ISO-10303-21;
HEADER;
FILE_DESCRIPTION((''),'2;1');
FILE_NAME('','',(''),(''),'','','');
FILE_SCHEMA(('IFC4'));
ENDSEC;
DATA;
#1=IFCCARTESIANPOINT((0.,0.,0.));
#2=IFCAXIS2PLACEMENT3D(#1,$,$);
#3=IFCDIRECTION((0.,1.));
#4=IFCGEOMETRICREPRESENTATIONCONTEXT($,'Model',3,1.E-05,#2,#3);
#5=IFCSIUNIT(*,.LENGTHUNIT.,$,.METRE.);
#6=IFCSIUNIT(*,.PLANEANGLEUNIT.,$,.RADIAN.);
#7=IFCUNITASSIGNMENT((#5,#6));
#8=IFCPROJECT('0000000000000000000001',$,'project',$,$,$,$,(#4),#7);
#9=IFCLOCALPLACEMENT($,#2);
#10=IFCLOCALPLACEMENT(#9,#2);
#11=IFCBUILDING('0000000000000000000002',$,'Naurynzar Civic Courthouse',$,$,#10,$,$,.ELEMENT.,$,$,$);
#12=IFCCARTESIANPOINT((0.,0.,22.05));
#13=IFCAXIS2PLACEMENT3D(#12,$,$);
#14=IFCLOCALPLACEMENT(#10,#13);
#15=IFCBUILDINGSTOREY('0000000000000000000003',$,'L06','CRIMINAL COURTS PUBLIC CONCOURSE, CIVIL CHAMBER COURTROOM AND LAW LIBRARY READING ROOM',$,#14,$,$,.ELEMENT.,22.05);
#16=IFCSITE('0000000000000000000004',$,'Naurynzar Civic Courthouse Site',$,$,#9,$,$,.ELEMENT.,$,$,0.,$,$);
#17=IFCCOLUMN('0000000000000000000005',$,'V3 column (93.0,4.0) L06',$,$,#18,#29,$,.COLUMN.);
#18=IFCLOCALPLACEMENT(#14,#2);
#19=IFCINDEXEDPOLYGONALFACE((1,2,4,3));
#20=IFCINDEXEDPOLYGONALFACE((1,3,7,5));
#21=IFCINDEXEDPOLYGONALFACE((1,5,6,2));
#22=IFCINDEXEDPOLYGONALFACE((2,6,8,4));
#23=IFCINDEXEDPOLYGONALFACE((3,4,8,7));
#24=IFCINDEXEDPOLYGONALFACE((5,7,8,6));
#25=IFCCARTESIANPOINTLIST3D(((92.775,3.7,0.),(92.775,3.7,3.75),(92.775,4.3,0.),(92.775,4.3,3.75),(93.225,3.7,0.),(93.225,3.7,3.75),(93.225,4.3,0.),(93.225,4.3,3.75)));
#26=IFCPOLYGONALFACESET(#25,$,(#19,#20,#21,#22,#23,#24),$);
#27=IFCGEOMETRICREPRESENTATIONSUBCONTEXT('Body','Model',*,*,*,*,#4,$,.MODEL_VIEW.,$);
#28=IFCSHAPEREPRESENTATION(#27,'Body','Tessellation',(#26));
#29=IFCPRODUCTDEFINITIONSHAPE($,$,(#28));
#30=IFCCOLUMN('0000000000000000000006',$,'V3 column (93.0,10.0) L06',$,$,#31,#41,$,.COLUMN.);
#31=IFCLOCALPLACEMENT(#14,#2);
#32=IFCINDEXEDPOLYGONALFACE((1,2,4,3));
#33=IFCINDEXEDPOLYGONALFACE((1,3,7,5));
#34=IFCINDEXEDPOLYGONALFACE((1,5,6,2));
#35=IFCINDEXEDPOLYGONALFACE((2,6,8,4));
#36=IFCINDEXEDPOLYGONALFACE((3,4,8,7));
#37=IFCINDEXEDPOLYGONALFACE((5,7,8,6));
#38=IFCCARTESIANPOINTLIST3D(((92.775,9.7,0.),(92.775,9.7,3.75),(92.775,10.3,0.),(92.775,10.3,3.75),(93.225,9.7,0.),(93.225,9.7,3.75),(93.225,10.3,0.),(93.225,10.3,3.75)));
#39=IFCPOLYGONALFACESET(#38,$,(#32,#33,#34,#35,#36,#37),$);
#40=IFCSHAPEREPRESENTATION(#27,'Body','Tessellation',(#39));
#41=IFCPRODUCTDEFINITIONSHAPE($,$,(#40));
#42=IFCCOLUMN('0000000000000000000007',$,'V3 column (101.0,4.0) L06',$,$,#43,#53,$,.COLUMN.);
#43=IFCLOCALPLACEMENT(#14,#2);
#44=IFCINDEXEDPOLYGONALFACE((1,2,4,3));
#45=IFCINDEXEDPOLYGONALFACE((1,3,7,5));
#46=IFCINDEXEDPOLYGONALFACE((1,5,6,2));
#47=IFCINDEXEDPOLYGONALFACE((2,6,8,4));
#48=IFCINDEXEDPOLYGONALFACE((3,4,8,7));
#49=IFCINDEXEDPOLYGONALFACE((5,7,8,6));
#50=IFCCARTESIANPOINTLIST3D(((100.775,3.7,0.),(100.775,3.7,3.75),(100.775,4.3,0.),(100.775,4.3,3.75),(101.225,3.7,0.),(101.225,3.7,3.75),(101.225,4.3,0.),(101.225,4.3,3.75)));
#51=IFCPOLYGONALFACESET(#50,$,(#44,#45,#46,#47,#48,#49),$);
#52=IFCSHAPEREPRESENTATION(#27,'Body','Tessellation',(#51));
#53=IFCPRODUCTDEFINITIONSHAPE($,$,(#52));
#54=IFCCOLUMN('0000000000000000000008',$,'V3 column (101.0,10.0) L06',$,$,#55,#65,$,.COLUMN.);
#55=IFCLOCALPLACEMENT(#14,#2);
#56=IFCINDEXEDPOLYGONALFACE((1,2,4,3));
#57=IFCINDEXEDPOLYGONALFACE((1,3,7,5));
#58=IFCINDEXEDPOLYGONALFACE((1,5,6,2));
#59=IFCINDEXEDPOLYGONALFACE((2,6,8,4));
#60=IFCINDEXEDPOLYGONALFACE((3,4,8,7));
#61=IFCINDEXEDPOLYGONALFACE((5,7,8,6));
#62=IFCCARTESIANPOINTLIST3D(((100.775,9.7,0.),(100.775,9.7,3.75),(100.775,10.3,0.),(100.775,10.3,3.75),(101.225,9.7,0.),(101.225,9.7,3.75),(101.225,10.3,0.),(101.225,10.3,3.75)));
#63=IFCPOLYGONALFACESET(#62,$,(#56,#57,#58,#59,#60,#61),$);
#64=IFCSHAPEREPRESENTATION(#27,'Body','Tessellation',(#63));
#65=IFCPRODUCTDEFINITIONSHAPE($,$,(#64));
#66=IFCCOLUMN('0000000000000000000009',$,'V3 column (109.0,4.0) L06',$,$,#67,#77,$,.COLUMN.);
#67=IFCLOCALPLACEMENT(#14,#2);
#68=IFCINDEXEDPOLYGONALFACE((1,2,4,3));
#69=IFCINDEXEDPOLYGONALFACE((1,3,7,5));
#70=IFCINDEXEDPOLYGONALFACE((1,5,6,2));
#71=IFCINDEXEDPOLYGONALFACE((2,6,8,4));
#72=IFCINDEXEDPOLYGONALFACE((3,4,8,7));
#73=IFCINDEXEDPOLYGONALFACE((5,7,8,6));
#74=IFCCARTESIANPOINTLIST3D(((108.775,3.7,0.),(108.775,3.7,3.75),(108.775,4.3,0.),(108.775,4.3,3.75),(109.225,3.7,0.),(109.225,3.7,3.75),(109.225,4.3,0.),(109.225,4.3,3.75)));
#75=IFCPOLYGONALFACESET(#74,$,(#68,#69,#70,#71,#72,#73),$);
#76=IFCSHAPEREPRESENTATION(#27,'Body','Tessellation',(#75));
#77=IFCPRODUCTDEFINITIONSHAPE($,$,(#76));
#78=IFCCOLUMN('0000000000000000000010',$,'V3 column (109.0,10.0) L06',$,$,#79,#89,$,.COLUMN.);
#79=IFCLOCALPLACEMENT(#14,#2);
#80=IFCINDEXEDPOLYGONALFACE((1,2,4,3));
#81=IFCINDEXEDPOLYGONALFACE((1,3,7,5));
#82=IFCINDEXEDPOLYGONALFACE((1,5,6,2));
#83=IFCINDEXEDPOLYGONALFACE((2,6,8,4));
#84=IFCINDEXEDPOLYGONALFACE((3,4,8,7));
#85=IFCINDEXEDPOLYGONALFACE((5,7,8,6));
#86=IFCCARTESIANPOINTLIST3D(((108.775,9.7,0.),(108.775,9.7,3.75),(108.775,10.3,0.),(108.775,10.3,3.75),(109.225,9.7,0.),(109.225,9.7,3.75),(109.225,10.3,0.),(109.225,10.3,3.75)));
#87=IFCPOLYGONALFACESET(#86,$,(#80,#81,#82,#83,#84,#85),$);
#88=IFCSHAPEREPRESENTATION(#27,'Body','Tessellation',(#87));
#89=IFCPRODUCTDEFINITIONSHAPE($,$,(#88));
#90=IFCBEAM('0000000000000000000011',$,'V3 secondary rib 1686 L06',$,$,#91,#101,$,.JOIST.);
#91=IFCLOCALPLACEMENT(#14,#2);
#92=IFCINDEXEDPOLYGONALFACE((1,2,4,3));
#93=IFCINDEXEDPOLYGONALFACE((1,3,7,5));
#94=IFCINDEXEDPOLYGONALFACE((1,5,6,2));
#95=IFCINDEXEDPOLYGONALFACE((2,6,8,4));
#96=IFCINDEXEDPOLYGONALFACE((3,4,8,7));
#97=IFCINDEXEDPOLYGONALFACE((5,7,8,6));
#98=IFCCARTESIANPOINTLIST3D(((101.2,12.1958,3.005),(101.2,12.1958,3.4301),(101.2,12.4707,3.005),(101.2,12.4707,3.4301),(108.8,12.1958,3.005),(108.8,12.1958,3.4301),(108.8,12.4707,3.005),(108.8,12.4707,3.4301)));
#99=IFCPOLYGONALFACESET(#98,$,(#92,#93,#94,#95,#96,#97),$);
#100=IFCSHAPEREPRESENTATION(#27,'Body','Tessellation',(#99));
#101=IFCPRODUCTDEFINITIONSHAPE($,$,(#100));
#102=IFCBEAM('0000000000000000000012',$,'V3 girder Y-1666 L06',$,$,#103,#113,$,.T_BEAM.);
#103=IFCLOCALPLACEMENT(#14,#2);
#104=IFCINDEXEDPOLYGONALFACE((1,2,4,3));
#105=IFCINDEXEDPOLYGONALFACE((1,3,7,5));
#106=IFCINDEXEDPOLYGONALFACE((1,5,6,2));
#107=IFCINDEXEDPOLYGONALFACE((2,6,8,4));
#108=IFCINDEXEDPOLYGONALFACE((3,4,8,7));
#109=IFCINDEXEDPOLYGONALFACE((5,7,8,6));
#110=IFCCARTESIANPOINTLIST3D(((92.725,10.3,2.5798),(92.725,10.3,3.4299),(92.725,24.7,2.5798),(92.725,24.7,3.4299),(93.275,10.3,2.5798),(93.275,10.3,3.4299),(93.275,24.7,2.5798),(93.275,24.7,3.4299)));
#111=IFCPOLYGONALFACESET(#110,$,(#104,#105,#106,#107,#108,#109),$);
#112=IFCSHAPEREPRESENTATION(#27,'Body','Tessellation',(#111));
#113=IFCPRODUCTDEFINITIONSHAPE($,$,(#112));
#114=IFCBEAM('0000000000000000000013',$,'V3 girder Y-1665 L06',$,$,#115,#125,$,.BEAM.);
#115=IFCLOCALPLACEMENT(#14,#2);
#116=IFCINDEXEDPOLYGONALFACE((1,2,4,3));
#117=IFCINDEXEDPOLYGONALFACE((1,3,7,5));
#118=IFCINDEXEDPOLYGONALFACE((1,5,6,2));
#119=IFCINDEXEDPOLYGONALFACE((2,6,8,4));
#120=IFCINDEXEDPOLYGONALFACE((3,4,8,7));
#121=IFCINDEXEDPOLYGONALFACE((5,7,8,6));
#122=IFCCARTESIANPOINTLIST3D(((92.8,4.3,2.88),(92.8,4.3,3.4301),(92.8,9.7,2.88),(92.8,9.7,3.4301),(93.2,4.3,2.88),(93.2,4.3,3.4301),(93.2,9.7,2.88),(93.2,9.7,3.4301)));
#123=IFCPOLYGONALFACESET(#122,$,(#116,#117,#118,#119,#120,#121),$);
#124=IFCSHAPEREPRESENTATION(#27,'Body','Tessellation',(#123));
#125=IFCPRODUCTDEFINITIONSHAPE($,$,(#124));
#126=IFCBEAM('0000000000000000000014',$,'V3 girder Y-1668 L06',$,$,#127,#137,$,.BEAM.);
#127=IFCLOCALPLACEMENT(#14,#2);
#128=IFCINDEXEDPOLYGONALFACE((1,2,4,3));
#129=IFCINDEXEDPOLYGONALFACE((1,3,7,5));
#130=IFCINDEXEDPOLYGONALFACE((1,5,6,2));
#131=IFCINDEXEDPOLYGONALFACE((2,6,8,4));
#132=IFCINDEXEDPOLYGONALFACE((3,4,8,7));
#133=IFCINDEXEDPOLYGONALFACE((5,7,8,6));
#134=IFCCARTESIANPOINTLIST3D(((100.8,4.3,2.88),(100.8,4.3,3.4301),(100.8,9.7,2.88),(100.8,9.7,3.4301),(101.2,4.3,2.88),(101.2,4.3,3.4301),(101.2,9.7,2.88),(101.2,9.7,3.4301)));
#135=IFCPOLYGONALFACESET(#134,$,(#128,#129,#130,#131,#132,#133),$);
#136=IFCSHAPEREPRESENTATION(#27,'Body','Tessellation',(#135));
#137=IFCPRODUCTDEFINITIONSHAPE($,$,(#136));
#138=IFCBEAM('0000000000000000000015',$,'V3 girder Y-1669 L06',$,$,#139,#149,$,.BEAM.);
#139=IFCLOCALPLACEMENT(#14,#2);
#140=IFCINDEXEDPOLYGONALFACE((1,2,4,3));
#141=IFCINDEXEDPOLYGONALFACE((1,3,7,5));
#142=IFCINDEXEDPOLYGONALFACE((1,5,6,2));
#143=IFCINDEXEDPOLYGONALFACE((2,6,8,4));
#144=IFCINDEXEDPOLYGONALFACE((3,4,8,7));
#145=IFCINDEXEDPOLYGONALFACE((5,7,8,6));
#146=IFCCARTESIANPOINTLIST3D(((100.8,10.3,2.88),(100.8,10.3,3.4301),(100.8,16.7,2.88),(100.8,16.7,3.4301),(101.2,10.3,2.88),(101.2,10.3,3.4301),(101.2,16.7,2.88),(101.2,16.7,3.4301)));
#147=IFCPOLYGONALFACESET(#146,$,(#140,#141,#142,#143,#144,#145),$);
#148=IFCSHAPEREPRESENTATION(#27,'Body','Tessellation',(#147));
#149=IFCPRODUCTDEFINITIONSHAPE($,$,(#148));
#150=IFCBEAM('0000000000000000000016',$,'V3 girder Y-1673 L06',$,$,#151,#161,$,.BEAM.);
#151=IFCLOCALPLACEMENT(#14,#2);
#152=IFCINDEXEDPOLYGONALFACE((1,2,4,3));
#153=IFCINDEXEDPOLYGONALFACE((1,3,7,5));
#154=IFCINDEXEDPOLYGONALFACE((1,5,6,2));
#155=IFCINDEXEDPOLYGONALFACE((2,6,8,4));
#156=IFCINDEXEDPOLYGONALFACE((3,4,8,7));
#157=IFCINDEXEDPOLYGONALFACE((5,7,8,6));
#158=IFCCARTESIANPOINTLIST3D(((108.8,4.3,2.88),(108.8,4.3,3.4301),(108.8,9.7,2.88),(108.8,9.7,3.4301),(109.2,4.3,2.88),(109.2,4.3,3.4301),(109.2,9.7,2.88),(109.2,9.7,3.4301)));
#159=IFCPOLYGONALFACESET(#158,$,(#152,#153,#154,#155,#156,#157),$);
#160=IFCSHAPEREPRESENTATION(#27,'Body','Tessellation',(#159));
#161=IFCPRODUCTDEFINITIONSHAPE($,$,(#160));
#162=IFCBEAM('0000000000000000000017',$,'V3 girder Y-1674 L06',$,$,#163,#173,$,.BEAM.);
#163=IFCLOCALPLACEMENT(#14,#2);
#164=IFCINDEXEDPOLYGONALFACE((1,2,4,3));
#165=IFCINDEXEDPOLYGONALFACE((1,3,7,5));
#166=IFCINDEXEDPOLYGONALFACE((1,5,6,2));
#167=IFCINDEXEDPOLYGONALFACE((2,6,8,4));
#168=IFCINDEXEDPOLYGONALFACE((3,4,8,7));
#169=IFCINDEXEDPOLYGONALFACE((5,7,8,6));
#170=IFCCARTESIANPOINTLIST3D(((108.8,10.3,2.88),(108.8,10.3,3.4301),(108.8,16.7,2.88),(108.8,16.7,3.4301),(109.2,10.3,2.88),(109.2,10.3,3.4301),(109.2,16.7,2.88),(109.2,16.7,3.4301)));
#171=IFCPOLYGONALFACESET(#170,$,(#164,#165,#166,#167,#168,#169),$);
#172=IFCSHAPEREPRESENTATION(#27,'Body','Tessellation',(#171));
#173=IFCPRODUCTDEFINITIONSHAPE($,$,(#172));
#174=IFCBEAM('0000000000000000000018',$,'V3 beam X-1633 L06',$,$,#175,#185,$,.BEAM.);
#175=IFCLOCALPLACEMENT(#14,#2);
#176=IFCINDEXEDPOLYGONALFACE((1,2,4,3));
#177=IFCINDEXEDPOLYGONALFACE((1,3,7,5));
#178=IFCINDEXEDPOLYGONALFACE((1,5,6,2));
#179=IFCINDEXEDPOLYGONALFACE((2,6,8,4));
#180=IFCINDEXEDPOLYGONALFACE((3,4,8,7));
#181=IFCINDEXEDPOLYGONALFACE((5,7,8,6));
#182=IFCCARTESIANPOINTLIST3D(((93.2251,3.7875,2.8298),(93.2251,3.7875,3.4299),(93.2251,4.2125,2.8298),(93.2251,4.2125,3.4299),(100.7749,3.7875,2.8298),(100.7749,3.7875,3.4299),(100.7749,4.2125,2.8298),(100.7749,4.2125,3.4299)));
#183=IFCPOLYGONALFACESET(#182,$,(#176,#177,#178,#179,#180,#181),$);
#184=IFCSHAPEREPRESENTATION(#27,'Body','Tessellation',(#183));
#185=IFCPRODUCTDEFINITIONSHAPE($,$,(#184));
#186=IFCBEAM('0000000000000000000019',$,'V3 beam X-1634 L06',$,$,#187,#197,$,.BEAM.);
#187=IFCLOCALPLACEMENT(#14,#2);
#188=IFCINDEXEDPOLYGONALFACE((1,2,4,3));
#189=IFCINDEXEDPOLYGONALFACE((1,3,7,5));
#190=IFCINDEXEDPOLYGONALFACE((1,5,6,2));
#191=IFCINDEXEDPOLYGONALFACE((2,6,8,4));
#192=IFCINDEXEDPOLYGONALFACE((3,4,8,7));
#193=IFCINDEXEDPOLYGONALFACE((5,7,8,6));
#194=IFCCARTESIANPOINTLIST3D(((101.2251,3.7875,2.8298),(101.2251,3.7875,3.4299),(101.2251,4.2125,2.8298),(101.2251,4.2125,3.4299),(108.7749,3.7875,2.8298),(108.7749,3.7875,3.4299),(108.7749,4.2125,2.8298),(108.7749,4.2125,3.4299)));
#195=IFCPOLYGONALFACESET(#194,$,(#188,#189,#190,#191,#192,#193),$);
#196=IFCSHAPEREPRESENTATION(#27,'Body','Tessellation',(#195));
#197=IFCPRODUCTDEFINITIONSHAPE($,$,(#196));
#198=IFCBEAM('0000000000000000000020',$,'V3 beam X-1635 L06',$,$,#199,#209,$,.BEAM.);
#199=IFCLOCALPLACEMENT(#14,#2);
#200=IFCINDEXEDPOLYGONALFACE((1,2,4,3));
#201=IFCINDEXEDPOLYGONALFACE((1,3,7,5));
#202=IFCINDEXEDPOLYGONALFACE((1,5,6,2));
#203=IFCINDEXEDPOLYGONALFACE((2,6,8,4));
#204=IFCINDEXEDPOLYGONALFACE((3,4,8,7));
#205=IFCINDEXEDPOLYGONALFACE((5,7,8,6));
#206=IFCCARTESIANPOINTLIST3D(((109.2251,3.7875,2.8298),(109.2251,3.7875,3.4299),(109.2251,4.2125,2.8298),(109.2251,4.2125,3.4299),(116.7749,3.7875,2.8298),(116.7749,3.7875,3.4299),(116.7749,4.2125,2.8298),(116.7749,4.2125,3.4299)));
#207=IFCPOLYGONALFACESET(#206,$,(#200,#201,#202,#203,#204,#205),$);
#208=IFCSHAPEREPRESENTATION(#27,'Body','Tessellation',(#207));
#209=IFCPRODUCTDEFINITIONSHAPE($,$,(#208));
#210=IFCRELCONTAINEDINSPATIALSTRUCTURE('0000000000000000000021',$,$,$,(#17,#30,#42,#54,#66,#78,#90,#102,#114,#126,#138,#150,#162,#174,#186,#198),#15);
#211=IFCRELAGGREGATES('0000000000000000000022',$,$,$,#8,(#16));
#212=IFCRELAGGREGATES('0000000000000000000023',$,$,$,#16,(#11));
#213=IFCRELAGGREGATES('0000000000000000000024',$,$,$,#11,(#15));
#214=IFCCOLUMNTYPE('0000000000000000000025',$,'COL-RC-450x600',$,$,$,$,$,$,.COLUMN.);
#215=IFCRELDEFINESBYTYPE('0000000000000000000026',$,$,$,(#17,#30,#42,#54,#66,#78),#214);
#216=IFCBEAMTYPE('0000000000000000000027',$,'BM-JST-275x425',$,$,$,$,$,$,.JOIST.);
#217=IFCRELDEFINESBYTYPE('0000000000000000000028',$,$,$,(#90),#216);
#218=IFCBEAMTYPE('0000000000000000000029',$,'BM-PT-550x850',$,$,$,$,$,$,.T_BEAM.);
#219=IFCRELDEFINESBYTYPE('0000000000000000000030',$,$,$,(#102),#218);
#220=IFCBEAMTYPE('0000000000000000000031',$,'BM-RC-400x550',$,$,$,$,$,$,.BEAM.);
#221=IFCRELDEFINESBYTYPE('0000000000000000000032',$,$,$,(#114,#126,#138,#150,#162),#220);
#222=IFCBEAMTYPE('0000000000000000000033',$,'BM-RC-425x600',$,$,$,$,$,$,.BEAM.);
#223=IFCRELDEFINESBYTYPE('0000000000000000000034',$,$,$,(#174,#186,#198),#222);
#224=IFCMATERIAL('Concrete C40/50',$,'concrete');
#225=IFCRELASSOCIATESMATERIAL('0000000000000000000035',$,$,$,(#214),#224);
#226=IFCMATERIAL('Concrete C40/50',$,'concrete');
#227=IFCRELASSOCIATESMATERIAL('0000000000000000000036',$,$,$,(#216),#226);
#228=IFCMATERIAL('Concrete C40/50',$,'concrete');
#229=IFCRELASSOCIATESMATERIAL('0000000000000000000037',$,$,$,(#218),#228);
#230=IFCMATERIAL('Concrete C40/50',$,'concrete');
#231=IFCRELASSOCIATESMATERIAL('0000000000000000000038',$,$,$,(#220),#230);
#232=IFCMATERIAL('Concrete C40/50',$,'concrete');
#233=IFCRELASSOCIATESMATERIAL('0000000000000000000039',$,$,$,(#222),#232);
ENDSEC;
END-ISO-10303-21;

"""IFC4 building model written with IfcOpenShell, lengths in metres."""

from ifc_helpers import new_model, si_unit, direction, frame, origin, origin_2d, place, context, subcontext, project, spatial, rectangle, extrude, material, material_profile, profile_set, type_object, element, save


model = new_model("IFC4")

# Units and contexts
model_context = context("Model", 3, precision=1e-05, world=origin(), true_north=direction((0.0, 1.0)))
body_context = subcontext(model_context, "Body", "Model", "MODEL_VIEW")
ifc_project = project(units=[si_unit("LENGTHUNIT", "METRE"), si_unit("PLANEANGLEUNIT", "RADIAN")], contexts=[model_context])

# Site, building, storey
site_placement = place(None, origin())
site = spatial("IfcSite", under=ifc_project, at=site_placement, Name="Naurynzar Civic Courthouse Site", CompositionType="ELEMENT", RefElevation=0.0)
building_placement = place(site_placement, origin())
building = spatial("IfcBuilding", under=site, at=building_placement, Name="Naurynzar Civic Courthouse", CompositionType="ELEMENT")
storey_placement = place(building_placement, frame((0.0, 0.0, 22.05)))
storey = spatial("IfcBuildingStorey", under=building, at=storey_placement, Name="L06", Description="CRIMINAL COURTS PUBLIC CONCOURSE, CIVIL CHAMBER COURTROOM AND LAW LIBRARY READING ROOM", CompositionType="ELEMENT", Elevation=22.05)

# Columns
ifc_material_1 = material(Name="Concrete C40/50", Category="concrete")
ifc_material_profile_1 = material_profile(ifc_material_1, rectangle(XDim=0.45, YDim=0.6001, at=origin_2d()), Name="RC 450x600")
ifc_profile_set_1 = profile_set([ifc_material_profile_1], Name="Concrete C40/50")
column_type = type_object("IfcColumnType", Name="COL-RC-450x600", PredefinedType="COLUMN", material=ifc_profile_set_1)
for number, where, z_axis, x_axis, name in (
    (1, (93.0, 4.0, 0.0), (0.0, 0.0, 1.0), (1.0, 0.0, 0.0), "V3 column (93.0,4.0) L06"),
    (2, (93.0, 10.0, 0.0), (0.0, 0.0, 1.0), (1.0, 0.0, 0.0), "V3 column (93.0,10.0) L06"),
    (3, (101.0, 4.0, 0.0), (0.0, 0.0, 1.0), (1.0, 0.0, 0.0), "V3 column (101.0,4.0) L06"),
    (4, (101.0, 10.0, 0.0), (0.0, 0.0, 1.0), (1.0, 0.0, 0.0), "V3 column (101.0,10.0) L06"),
    (5, (109.0, 4.0, 0.0), (0.0, 0.0, 1.0), (1.0, 0.0, 0.0), "V3 column (109.0,4.0) L06"),
    (6, (109.0, 10.0, 0.0), (0.0, 0.0, 1.0), (1.0, 0.0, 0.0), "V3 column (109.0,10.0) L06"),
):
    element("IfcColumn", number, at=place(storey_placement, frame(where, z_axis=z_axis, x_axis=x_axis)), inside=storey, type_object=column_type, Name=name, PredefinedType="COLUMN", context=body_context, shape_type="SweptSolid", body=[
        extrude(rectangle(XDim=0.45, YDim=0.6001, at=origin_2d()), origin(), (0.0, 0.0, 1.0), 3.75),
    ])

# Beams
ifc_material_2 = material(Name="Concrete C40/50", Category="concrete")
ifc_material_profile_2 = material_profile(ifc_material_2, rectangle(XDim=0.2749, YDim=0.425, at=origin_2d()), Name="RCB 275x425")
ifc_profile_set_2 = profile_set([ifc_material_profile_2], Name="Concrete C40/50")
beam_type_1 = type_object("IfcBeamType", Name="BM-JST-275x425", PredefinedType="JOIST", material=ifc_profile_set_2)
beam_1_placement = place(storey_placement, frame((101.2, 12.3333, 3.2175), z_axis=(1.0, 0.0, 0.0), x_axis=(0.0, 1.0, 0.0)))
element("IfcBeam", 7, at=beam_1_placement, inside=storey, type_object=beam_type_1, Name="V3 secondary rib 1686 L06", PredefinedType="JOIST", context=body_context, shape_type="SweptSolid", body=[
    extrude(rectangle(XDim=0.2749, YDim=0.425, at=origin_2d()), origin(), (0.0, 0.0, 1.0), 7.6001),
])
ifc_material_3 = material(Name="Concrete C40/50", Category="concrete")
ifc_material_profile_3 = material_profile(ifc_material_3, rectangle(XDim=0.55, YDim=0.8501, at=origin_2d()), Name="PTB 550x850")
ifc_profile_set_3 = profile_set([ifc_material_profile_3], Name="Concrete C40/50")
beam_type_2 = type_object("IfcBeamType", Name="BM-PT-550x850", PredefinedType="T_BEAM", material=ifc_profile_set_3)
beam_2_placement = place(storey_placement, frame((93.0, 10.3, 3.0049), z_axis=(0.0, 1.0, 0.0), x_axis=(-1.0, 0.0, 0.0)))
element("IfcBeam", 8, at=beam_2_placement, inside=storey, type_object=beam_type_2, Name="V3 girder Y-1666 L06", PredefinedType="T_BEAM", context=body_context, shape_type="SweptSolid", body=[
    extrude(rectangle(XDim=0.55, YDim=0.8501, at=origin_2d()), origin(), (0.0, 0.0, 1.0), 14.3999),
])
ifc_material_4 = material(Name="Concrete C40/50", Category="concrete")
ifc_material_profile_4 = material_profile(ifc_material_4, rectangle(XDim=0.3999, YDim=0.55, at=origin_2d()), Name="RCB 400x550")
ifc_profile_set_4 = profile_set([ifc_material_profile_4], Name="Concrete C40/50")
beam_type_3 = type_object("IfcBeamType", Name="BM-RC-400x550", PredefinedType="BEAM", material=ifc_profile_set_4)
for number, where, z_axis, x_axis, name in (
    (9, (93.0, 4.3, 3.155), (0.0, 1.0, 0.0), (-1.0, 0.0, 0.0), "V3 girder Y-1665 L06"),
    (10, (101.0, 4.3, 3.155), (0.0, 1.0, 0.0), (-1.0, 0.0, 0.0), "V3 girder Y-1668 L06"),
):
    element("IfcBeam", number, at=place(storey_placement, frame(where, z_axis=z_axis, x_axis=x_axis)), inside=storey, type_object=beam_type_3, Name=name, PredefinedType="BEAM", context=body_context, shape_type="SweptSolid", body=[
        extrude(rectangle(XDim=0.3999, YDim=0.55, at=origin_2d()), origin(), (0.0, 0.0, 1.0), 5.3999),
    ])
beam_3_placement = place(storey_placement, frame((101.0, 10.3, 3.155), z_axis=(0.0, 1.0, 0.0), x_axis=(-1.0, 0.0, 0.0)))
element("IfcBeam", 11, at=beam_3_placement, inside=storey, type_object=beam_type_3, Name="V3 girder Y-1669 L06", PredefinedType="BEAM", context=body_context, shape_type="SweptSolid", body=[
    extrude(rectangle(XDim=0.3999, YDim=0.55, at=origin_2d()), origin(), (0.0, 0.0, 1.0), 6.3999),
])
beam_4_placement = place(storey_placement, frame((109.0, 4.3, 3.155), z_axis=(0.0, 1.0, 0.0), x_axis=(-1.0, 0.0, 0.0)))
element("IfcBeam", 12, at=beam_4_placement, inside=storey, type_object=beam_type_3, Name="V3 girder Y-1673 L06", PredefinedType="BEAM", context=body_context, shape_type="SweptSolid", body=[
    extrude(rectangle(XDim=0.3999, YDim=0.55, at=origin_2d()), origin(), (0.0, 0.0, 1.0), 5.3999),
])
beam_5_placement = place(storey_placement, frame((109.0, 10.3, 3.155), z_axis=(0.0, 1.0, 0.0), x_axis=(-1.0, 0.0, 0.0)))
element("IfcBeam", 13, at=beam_5_placement, inside=storey, type_object=beam_type_3, Name="V3 girder Y-1674 L06", PredefinedType="BEAM", context=body_context, shape_type="SweptSolid", body=[
    extrude(rectangle(XDim=0.3999, YDim=0.55, at=origin_2d()), origin(), (0.0, 0.0, 1.0), 6.3999),
])
ifc_material_5 = material(Name="Concrete C40/50", Category="concrete")
ifc_material_profile_5 = material_profile(ifc_material_5, rectangle(XDim=0.425, YDim=0.6001, at=origin_2d()), Name="RCB 425x600")
ifc_profile_set_5 = profile_set([ifc_material_profile_5], Name="Concrete C40/50")
beam_type_4 = type_object("IfcBeamType", Name="BM-RC-425x600", PredefinedType="BEAM", material=ifc_profile_set_5)
for number, where, z_axis, x_axis, name in (
    (14, (93.2251, 4.0, 3.1299), (1.0, 0.0, 0.0), (0.0, 1.0, 0.0), "V3 beam X-1633 L06"),
    (15, (101.2251, 4.0, 3.1299), (1.0, 0.0, 0.0), (0.0, 1.0, 0.0), "V3 beam X-1634 L06"),
    (16, (109.2251, 4.0, 3.1299), (1.0, 0.0, 0.0), (0.0, 1.0, 0.0), "V3 beam X-1635 L06"),
):
    element("IfcBeam", number, at=place(storey_placement, frame(where, z_axis=z_axis, x_axis=x_axis)), inside=storey, type_object=beam_type_4, Name=name, PredefinedType="BEAM", context=body_context, shape_type="SweptSolid", body=[
        extrude(rectangle(XDim=0.425, YDim=0.6001, at=origin_2d()), origin(), (0.0, 0.0, 1.0), 7.5498),
    ])

save(model, "model.ifc")
